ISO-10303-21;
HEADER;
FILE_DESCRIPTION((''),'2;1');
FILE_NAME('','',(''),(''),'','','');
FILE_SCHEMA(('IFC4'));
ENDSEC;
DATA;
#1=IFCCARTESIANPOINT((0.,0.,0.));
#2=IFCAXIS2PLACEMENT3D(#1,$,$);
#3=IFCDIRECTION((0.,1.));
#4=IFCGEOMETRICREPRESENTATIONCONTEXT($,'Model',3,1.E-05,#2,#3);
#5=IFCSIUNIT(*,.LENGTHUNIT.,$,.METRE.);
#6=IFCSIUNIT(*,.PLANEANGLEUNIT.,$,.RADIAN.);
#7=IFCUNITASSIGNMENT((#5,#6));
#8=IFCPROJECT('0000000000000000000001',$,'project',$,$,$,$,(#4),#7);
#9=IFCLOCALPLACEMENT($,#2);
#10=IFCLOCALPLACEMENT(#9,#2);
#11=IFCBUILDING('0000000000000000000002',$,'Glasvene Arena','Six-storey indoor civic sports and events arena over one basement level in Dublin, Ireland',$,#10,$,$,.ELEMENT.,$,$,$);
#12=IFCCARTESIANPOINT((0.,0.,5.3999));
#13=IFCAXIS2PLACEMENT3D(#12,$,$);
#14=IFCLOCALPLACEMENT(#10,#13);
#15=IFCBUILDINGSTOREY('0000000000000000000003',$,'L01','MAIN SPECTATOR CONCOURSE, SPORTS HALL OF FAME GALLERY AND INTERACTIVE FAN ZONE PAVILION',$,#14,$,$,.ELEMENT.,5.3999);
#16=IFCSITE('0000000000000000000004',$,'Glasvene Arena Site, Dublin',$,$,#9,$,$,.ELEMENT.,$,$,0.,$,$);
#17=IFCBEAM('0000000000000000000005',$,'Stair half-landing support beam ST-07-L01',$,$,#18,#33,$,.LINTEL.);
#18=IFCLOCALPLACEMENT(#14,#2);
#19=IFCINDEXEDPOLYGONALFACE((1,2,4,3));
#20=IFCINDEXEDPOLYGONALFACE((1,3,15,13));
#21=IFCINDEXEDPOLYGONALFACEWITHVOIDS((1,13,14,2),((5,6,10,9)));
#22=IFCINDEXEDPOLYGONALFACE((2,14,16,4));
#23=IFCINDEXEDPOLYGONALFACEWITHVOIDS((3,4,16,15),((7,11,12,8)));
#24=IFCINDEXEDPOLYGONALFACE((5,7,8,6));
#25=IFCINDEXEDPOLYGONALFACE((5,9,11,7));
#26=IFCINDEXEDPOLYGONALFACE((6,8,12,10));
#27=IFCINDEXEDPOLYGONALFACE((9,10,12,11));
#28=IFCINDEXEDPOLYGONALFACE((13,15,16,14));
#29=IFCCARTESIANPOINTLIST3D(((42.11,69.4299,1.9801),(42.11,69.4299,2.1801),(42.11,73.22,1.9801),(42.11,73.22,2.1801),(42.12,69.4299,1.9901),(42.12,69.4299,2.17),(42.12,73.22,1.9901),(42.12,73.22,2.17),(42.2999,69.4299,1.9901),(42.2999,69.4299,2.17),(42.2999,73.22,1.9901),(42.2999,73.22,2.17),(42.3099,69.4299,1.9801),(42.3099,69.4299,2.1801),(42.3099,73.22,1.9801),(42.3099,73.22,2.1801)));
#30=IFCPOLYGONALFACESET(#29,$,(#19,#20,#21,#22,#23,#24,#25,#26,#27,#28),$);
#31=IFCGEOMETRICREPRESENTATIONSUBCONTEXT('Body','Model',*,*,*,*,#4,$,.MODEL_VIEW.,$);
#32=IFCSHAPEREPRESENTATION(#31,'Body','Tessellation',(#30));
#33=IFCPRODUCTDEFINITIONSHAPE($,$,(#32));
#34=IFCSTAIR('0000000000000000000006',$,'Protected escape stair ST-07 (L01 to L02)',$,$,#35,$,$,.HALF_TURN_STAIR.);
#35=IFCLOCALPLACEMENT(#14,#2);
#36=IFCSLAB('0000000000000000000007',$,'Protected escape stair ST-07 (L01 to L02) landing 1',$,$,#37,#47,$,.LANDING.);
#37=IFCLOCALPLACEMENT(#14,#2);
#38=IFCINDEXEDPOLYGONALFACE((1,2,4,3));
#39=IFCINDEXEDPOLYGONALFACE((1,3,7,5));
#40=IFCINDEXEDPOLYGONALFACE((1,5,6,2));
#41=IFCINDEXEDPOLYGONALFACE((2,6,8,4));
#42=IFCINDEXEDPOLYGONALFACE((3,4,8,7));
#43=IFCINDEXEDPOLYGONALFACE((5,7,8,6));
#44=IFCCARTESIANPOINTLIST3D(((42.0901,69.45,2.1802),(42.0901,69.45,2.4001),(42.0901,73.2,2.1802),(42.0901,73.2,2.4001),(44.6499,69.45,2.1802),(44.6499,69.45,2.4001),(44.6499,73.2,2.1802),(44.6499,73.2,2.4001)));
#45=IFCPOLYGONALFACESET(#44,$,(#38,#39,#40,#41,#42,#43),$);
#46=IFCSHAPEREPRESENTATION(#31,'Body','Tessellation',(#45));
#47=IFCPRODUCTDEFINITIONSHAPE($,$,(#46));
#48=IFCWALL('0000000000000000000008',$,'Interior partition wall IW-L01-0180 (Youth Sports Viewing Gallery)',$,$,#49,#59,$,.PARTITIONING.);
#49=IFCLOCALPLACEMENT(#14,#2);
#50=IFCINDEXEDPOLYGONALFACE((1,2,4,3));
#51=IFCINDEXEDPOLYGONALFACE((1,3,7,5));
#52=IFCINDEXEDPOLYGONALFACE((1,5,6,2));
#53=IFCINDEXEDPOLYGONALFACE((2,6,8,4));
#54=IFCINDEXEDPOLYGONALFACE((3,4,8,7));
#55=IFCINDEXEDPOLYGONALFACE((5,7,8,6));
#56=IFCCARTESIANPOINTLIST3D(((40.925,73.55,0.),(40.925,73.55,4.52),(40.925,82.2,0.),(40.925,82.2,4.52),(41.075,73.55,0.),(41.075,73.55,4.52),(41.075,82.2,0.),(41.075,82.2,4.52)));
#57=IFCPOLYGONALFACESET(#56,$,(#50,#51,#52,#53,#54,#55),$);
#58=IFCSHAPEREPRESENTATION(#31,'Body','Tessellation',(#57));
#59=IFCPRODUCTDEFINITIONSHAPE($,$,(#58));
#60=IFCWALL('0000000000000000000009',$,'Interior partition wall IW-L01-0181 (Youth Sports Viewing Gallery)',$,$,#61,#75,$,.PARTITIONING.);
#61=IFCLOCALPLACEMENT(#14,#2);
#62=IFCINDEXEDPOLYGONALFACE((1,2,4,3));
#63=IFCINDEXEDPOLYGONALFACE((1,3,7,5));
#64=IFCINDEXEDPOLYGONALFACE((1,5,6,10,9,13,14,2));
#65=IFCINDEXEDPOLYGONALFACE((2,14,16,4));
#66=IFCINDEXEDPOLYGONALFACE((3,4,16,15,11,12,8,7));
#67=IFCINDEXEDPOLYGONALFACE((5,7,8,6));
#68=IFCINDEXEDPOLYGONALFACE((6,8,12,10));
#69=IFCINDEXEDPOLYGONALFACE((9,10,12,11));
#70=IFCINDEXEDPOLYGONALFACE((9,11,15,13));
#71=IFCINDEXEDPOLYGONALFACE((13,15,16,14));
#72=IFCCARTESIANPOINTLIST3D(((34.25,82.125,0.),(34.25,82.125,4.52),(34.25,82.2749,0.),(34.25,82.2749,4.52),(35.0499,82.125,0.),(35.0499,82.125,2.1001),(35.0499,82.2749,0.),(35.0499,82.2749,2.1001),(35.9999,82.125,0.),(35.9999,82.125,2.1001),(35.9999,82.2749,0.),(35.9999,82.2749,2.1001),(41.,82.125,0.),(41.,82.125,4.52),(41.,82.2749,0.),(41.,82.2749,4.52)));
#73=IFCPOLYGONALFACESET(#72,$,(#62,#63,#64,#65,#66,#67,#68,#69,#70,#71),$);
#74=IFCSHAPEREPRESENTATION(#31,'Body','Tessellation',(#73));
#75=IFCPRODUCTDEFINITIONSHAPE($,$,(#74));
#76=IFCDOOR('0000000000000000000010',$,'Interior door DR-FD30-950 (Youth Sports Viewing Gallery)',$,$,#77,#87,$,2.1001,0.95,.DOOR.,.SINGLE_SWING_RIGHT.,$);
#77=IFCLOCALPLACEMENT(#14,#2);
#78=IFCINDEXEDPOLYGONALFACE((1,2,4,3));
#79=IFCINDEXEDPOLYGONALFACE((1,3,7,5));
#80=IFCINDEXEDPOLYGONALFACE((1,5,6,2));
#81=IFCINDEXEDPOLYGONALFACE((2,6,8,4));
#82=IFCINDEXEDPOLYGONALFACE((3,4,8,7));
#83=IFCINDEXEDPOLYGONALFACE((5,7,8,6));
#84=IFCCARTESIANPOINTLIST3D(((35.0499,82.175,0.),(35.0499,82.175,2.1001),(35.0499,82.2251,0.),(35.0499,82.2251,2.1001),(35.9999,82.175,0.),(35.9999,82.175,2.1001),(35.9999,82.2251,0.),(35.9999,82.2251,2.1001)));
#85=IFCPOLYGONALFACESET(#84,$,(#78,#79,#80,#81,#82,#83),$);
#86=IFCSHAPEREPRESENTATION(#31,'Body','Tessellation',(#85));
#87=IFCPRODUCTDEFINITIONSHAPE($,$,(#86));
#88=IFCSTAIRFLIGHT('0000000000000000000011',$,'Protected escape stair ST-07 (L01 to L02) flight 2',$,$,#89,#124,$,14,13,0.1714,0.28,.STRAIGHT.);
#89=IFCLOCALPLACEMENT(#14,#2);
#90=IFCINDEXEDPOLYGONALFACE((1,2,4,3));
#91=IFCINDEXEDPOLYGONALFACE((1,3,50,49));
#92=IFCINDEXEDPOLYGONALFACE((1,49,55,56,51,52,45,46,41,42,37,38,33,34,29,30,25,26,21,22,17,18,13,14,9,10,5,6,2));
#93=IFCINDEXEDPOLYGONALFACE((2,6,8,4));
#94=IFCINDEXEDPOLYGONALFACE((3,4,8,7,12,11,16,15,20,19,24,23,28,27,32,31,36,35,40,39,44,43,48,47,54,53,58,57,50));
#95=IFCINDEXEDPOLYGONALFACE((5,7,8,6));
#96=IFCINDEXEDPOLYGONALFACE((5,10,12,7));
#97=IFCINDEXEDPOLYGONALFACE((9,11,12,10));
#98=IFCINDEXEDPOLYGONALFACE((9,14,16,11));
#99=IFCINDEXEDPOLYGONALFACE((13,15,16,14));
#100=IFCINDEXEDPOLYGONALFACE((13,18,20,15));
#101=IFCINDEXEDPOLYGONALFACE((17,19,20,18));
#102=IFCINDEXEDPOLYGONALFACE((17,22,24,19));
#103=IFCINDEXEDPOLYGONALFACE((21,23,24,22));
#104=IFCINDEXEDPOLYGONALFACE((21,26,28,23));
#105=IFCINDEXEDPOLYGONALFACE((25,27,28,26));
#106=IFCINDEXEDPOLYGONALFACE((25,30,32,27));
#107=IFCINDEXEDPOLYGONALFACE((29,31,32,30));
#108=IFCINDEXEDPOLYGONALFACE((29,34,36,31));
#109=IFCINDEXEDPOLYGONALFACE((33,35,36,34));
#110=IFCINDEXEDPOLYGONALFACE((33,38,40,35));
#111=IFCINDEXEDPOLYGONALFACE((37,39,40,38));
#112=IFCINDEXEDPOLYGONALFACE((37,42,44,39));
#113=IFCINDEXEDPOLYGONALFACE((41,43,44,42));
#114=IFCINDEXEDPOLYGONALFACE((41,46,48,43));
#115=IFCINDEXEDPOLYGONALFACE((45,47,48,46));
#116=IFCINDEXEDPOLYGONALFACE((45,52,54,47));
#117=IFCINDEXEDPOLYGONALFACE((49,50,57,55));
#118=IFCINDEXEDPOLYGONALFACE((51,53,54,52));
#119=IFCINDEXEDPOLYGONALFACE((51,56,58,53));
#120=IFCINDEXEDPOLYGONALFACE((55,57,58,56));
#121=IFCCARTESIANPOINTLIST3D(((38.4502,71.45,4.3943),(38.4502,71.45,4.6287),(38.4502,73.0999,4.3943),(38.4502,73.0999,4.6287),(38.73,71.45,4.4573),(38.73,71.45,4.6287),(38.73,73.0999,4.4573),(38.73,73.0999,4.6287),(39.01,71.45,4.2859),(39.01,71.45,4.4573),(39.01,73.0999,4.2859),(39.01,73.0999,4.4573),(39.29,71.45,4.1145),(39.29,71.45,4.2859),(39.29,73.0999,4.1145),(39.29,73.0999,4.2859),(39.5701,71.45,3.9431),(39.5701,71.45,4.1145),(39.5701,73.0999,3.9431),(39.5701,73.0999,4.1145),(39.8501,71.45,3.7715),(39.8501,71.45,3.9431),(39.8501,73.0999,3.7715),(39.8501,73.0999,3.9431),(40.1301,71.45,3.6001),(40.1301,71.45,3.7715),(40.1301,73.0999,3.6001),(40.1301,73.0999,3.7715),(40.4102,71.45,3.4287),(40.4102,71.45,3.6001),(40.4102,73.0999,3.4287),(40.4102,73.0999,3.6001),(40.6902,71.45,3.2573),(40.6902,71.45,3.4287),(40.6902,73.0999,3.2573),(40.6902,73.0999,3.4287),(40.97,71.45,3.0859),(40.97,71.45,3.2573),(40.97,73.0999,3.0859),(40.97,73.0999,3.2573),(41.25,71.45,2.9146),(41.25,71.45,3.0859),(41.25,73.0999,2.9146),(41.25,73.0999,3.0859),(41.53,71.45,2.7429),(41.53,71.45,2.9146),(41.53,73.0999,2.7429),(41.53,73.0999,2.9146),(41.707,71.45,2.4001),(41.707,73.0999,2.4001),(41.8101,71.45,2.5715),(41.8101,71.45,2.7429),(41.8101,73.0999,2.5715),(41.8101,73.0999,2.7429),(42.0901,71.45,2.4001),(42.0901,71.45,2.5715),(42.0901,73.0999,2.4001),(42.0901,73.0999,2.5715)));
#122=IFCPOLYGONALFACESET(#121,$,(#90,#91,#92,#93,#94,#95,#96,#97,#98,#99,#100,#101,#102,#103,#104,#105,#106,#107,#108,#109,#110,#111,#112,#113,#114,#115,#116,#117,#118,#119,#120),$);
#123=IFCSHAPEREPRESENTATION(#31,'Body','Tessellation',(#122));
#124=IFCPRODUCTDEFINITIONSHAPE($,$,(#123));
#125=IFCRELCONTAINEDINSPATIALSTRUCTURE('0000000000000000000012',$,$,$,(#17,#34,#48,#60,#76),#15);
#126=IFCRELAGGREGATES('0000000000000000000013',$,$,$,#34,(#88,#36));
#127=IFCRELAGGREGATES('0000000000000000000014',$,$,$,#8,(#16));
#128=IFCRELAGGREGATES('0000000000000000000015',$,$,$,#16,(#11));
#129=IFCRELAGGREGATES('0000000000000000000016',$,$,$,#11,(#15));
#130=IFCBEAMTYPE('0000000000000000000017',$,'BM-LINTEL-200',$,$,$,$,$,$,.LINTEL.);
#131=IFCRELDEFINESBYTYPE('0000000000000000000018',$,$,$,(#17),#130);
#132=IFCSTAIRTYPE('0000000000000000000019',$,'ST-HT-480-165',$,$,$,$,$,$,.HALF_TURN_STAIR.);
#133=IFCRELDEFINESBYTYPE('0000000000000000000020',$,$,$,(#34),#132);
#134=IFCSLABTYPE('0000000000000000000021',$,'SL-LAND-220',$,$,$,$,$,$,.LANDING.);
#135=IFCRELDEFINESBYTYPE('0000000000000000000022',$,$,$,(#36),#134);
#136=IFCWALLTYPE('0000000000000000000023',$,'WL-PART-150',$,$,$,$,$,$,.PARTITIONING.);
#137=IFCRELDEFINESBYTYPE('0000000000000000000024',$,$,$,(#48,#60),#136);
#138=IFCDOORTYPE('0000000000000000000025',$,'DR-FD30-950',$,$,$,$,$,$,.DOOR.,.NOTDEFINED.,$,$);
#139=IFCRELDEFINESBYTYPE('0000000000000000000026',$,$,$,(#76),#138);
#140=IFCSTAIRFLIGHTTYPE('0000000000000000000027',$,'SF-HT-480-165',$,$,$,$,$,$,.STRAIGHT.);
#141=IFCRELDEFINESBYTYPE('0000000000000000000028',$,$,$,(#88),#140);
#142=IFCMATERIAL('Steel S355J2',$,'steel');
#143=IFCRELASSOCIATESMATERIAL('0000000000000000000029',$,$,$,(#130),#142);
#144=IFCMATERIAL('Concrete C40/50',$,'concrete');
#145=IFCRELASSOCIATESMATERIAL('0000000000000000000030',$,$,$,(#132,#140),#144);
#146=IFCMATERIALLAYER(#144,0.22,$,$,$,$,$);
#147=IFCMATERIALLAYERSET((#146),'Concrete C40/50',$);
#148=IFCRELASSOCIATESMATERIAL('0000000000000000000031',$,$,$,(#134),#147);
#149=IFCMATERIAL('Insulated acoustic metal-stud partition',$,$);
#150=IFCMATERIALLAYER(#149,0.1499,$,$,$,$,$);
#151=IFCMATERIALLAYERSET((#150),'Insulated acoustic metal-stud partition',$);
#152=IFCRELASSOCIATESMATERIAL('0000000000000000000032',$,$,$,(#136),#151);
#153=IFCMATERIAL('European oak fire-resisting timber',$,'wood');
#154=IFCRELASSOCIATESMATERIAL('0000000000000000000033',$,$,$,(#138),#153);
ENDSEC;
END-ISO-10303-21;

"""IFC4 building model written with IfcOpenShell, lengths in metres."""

from ifc_helpers import new_model, si_unit, direction, frame, frame_2d, origin, origin_2d, place, context, subcontext, project, spatial, polyline, rectangle, hollow_rectangle, outline, extrude, material, layer, layer_set, material_profile, profile_set, type_object, element, fill, aggregate, save


model = new_model("IFC4")

# Units and contexts
model_context = context("Model", 3, precision=1e-05, world=origin(), true_north=direction((0.0, 1.0)))
body_context = subcontext(model_context, "Body", "Model", "MODEL_VIEW")
ifc_project = project(units=[si_unit("LENGTHUNIT", "METRE"), si_unit("PLANEANGLEUNIT", "RADIAN")], contexts=[model_context])

# Site, building, storey
site_placement = place(None, origin())
site = spatial("IfcSite", under=ifc_project, at=site_placement, Name="Glasvene Arena Site, Dublin", CompositionType="ELEMENT", RefElevation=0.0)
building_placement = place(site_placement, origin())
building = spatial("IfcBuilding", under=site, at=building_placement, Name="Glasvene Arena", Description="Six-storey indoor civic sports and events arena over one basement level in Dublin, Ireland", CompositionType="ELEMENT")
storey_placement = place(building_placement, frame((0.0, 0.0, 5.3999)))
storey = spatial("IfcBuildingStorey", under=building, at=storey_placement, Name="L01", Description="MAIN SPECTATOR CONCOURSE, SPORTS HALL OF FAME GALLERY AND INTERACTIVE FAN ZONE PAVILION", CompositionType="ELEMENT", Elevation=5.3999)

# Shared definitions
ifc_material_1 = material(Name="Concrete C40/50", Category="concrete")
ifc_material_2 = material(Name="Steel S355J2", Category="steel")

# Beam
ifc_material_profile_1 = material_profile(ifc_material_2, hollow_rectangle(XDim=0.2, YDim=0.2, WallThickness=0.01, at=origin_2d()), Name="SHS 200x200x10.0")
ifc_profile_set_1 = profile_set([ifc_material_profile_1], Name="Steel S355J2")
beam_type_1 = type_object("IfcBeamType", Name="BM-LINTEL-200", PredefinedType="LINTEL", material=ifc_profile_set_1)
beam_1_placement = place(storey_placement, frame((42.21, 69.4299, 2.0801), z_axis=(0.0, 1.0, 0.0), x_axis=(-1.0, 0.0, 0.0)))
element("IfcBeam", 1, at=beam_1_placement, inside=storey, type_object=beam_type_1, Name="Stair half-landing support beam ST-07-L01", PredefinedType="LINTEL", context=body_context, shape_type="SweptSolid", body=[
    extrude(hollow_rectangle(XDim=0.2, YDim=0.2, WallThickness=0.01, at=origin_2d()), origin(), (0.0, 0.0, 1.0), 3.79),
])

# Stair, slab
stair_type = type_object("IfcStairType", Name="ST-HT-480-165", PredefinedType="HALF_TURN_STAIR", material=ifc_material_1)
stair_placement = place(storey_placement, origin())
stair = element("IfcStair", 2, at=stair_placement, inside=storey, type_object=stair_type, Name="Protected escape stair ST-07 (L01 to L02)", PredefinedType="HALF_TURN_STAIR")
ifc_layer_1 = layer(ifc_material_1, 0.22)
ifc_layer_set_1 = layer_set([ifc_layer_1], Name="Concrete C40/50")
slab_type = type_object("IfcSlabType", Name="SL-LAND-220", PredefinedType="LANDING", material=ifc_layer_set_1)
slab_placement = place(storey_placement, frame((43.3701, 71.325, 2.1802)))
slab = element("IfcSlab", 3, at=slab_placement, type_object=slab_type, Name="Protected escape stair ST-07 (L01 to L02) landing 1", PredefinedType="LANDING", context=body_context, shape_type="SweptSolid", body=[
    extrude(outline(polyline([(-1.28, -1.875), (1.2798, -1.875), (1.2798, 1.875), (-1.28, 1.875), (-1.28, -1.875)])), origin(), (0.0, 0.0, 1.0), 0.22),
])

# Wall
ifc_material_3 = material(Name="Insulated acoustic metal-stud partition")
ifc_layer_2 = layer(ifc_material_3, 0.1499)
ifc_layer_set_2 = layer_set([ifc_layer_2], Name="Insulated acoustic metal-stud partition")
wall_type = type_object("IfcWallType", Name="WL-PART-150", PredefinedType="PARTITIONING", material=ifc_layer_set_2)
wall_1_placement = place(storey_placement, frame((41.0, 73.55, 0.0), z_axis=(0.0, 0.0, 1.0), x_axis=(0.0, 1.0, 0.0)))
element("IfcWall", 4, at=wall_1_placement, inside=storey, type_object=wall_type, Name="Interior partition wall IW-L01-0180 (Youth Sports Viewing Gallery)", PredefinedType="PARTITIONING", context=body_context, shape_type="SweptSolid", body=[
    extrude(rectangle(XDim=8.6499, YDim=0.1499, at=frame_2d((4.325, 0.0))), origin(), (0.0, 0.0, 1.0), 4.52),
])

# Wall, opening, door
wall_2_placement = place(storey_placement, frame((41.0, 82.2, 0.0), z_axis=(0.0, 0.0, 1.0), x_axis=(-1.0, 0.0, 0.0)))
wall_2 = element("IfcWall", 5, at=wall_2_placement, inside=storey, type_object=wall_type, Name="Interior partition wall IW-L01-0181 (Youth Sports Viewing Gallery)", PredefinedType="PARTITIONING", context=body_context, shape_type="SweptSolid", body=[
    extrude(rectangle(XDim=6.75, YDim=0.1499, at=frame_2d((3.375, 0.0))), origin(), (0.0, 0.0, 1.0), 4.52),
])
opening_placement = place(wall_2_placement, frame((5.0, 0.0, 0.0)))
opening = element("IfcOpeningElement", 6, at=opening_placement, cuts=wall_2, PredefinedType="OPENING", context=body_context, shape_type="SweptSolid", body=[
    extrude(rectangle(XDim=0.95, YDim=2.1001, at=frame_2d((0.4751, 1.05))), frame((0.0, 0.085, 0.0), z_axis=(0.0, -1.0, 0.0), x_axis=(1.0, 0.0, 0.0)), (0.0, 0.0, 1.0), 0.1699),
])
ifc_material_4 = material(Name="European oak fire-resisting timber", Category="wood")
door_type = type_object("IfcDoorType", Name="DR-FD30-950", OperationType="NOTDEFINED", PredefinedType="DOOR", material=ifc_material_4)
door_placement = place(opening_placement, origin())
door = element("IfcDoor", 7, at=door_placement, inside=storey, type_object=door_type, Name="Interior door DR-FD30-950 (Youth Sports Viewing Gallery)", OperationType="SINGLE_SWING_RIGHT", OverallHeight=2.1001, OverallWidth=0.95, PredefinedType="DOOR", context=body_context, shape_type="SweptSolid", body=[
    extrude(rectangle(XDim=0.95, YDim=2.1001, at=frame_2d((0.4751, 1.05))), frame((0.0, 0.0249, 0.0), z_axis=(0.0, -1.0, 0.0), x_axis=(1.0, 0.0, 0.0)), (0.0, 0.0, 1.0), 0.05),
])
fill(opening, door)

# Stair flight
stair_flight_type = type_object("IfcStairFlightType", Name="SF-HT-480-165", PredefinedType="STRAIGHT", material=ifc_material_1)
stair_flight_placement = place(storey_placement, frame((42.0901, 72.2749, 2.4001), z_axis=(0.0, 0.0, 1.0), x_axis=(-1.0, 0.0, 0.0)))
stair_flight = element("IfcStairFlight", 8, at=stair_flight_placement, type_object=stair_flight_type, Name="Protected escape stair ST-07 (L01 to L02) flight 2", NumberOfRisers=14, NumberOfTreads=13, PredefinedType="STRAIGHT", RiserHeight=0.1714, TreadLength=0.28, context=body_context, shape_type="SweptSolid", body=[
    extrude(outline(polyline([(0.0, 0.0), (0.0, 0.1714), (0.28, 0.1714), (0.28, 0.3428), (0.5601, 0.3428), (0.5601, 0.5144), (0.8401, 0.5144), (0.8401, 0.6858), (1.1201, 0.6858), (1.1201, 0.8572), (1.3999, 0.8572), (1.3999, 1.0286), (1.6799, 1.0286), (1.6799, 1.2), (1.96, 1.2), (1.96, 1.3713), (2.24, 1.3713), (2.24, 1.543), (2.52, 1.543), (2.52, 1.7144), (2.8, 1.7144), (2.8, 1.8857), (3.0801, 1.8857), (3.0801, 2.0571), (3.3601, 2.0571), (3.3601, 2.2285), (3.6399, 2.2285), (3.6399, 2.3999), (3.6399, 1.9941), (0.3831, 0.0), (0.0, 0.0)])), frame((0.0, 0.825, 0.0), z_axis=(0.0, -1.0, 0.0), x_axis=(1.0, 0.0, 0.0)), (0.0, 0.0, 1.0), 1.6499),
])
aggregate(stair, [stair_flight, slab])

save(model, "model.ifc")
